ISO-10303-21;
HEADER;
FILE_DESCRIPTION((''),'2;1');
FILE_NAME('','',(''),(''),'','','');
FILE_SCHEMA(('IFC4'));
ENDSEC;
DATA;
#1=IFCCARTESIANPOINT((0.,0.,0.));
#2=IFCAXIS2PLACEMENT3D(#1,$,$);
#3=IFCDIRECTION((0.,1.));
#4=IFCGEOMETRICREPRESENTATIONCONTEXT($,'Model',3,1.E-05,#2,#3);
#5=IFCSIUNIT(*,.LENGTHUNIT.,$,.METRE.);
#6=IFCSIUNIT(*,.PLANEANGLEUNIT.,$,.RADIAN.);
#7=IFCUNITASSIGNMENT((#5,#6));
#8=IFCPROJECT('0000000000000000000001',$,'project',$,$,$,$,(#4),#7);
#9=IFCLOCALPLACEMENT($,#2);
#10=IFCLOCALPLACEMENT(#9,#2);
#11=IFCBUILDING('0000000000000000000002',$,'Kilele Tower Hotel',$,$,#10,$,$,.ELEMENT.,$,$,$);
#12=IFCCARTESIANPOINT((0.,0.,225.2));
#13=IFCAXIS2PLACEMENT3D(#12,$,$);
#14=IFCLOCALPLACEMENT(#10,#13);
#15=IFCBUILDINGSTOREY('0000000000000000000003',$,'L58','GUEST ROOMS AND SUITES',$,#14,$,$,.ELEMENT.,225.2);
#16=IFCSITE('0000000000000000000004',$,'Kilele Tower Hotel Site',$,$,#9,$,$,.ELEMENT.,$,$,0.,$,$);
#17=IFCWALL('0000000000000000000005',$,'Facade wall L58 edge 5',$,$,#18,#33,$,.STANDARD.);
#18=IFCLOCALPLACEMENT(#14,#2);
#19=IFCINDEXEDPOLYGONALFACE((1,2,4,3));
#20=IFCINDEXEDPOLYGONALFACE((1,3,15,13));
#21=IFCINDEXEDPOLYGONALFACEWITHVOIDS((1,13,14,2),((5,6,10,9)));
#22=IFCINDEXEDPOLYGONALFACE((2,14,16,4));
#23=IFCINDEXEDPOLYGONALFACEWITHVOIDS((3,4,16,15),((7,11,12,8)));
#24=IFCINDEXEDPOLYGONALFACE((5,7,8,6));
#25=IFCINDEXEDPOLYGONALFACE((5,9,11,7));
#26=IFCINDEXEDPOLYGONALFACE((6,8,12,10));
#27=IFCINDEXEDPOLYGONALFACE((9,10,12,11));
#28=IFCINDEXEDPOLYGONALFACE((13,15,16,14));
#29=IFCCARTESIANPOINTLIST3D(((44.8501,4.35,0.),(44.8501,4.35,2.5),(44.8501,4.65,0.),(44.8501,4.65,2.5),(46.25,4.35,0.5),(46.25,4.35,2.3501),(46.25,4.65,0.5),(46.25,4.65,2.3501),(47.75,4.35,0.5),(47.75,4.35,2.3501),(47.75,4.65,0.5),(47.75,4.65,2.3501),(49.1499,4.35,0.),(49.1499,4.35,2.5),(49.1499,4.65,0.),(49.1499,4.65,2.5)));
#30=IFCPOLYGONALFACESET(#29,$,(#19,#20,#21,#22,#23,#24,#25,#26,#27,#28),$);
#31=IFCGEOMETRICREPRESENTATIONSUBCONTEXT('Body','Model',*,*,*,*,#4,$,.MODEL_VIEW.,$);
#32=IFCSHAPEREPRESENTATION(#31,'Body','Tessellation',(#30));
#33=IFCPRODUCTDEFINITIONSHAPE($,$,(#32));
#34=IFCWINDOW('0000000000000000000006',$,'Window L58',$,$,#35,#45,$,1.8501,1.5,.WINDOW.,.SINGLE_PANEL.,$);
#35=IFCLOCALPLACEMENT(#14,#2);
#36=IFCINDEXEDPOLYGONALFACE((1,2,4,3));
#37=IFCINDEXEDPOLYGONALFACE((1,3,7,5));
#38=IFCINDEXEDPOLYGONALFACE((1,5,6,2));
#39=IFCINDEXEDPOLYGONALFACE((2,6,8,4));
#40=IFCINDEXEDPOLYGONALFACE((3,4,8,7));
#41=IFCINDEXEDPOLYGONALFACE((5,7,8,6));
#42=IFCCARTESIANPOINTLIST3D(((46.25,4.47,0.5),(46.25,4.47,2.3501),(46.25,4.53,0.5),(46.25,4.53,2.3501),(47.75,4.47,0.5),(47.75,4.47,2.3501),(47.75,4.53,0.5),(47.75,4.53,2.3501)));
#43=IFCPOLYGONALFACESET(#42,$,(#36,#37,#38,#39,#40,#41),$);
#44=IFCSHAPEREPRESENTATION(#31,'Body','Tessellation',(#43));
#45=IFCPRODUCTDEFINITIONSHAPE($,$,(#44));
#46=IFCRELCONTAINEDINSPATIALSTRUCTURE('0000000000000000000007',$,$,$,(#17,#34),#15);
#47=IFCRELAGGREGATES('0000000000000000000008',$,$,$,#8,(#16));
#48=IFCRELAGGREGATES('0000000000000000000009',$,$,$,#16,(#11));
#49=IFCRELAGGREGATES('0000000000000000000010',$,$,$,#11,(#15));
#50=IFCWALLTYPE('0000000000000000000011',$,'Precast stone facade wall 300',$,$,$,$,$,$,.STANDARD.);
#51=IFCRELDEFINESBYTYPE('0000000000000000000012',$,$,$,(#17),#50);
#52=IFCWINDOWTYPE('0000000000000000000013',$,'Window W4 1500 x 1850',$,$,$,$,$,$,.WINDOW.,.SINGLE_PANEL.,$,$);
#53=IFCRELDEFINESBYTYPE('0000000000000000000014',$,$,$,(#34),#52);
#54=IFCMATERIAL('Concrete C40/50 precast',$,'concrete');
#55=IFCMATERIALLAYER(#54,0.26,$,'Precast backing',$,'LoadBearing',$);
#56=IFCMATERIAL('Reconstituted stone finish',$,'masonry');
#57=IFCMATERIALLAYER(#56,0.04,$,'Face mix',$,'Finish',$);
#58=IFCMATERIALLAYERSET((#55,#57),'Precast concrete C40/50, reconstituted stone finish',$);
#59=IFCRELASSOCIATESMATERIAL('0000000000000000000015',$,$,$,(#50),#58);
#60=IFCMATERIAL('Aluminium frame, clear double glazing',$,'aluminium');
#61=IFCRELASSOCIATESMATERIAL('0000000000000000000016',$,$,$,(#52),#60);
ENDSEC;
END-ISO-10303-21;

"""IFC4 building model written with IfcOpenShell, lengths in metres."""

from ifc_helpers import new_model, si_unit, direction, frame, frame_2d, origin, place, context, subcontext, project, spatial, rectangle, extrude, material, layer, layer_set, type_object, element, fill, save


model = new_model("IFC4")

# Units and contexts
model_context = context("Model", 3, precision=1e-05, world=origin(), true_north=direction((0.0, 1.0)))
body_context = subcontext(model_context, "Body", "Model", "MODEL_VIEW")
ifc_project = project(units=[si_unit("LENGTHUNIT", "METRE"), si_unit("PLANEANGLEUNIT", "RADIAN")], contexts=[model_context])

# Site, building, storey
site_placement = place(None, origin())
site = spatial("IfcSite", under=ifc_project, at=site_placement, Name="Kilele Tower Hotel Site", CompositionType="ELEMENT", RefElevation=0.0)
building_placement = place(site_placement, origin())
building = spatial("IfcBuilding", under=site, at=building_placement, Name="Kilele Tower Hotel", CompositionType="ELEMENT")
storey_placement = place(building_placement, frame((0.0, 0.0, 225.2)))
storey = spatial("IfcBuildingStorey", under=building, at=storey_placement, Name="L58", Description="GUEST ROOMS AND SUITES", CompositionType="ELEMENT", Elevation=225.2)

# Wall, opening, window
ifc_material_1 = material(Name="Concrete C40/50 precast", Category="concrete")
ifc_layer_1 = layer(ifc_material_1, 0.26, Name="Precast backing", Category="LoadBearing")
ifc_material_2 = material(Name="Reconstituted stone finish", Category="masonry")
ifc_layer_2 = layer(ifc_material_2, 0.04, Name="Face mix", Category="Finish")
ifc_layer_set_1 = layer_set([ifc_layer_1, ifc_layer_2], Name="Precast concrete C40/50, reconstituted stone finish")
wall_type_1 = type_object("IfcWallType", Name="Precast stone facade wall 300", PredefinedType="STANDARD", material=ifc_layer_set_1)
wall_1_placement = place(storey_placement, frame((44.8501, 4.5, 0.0), z_axis=(0.0, 0.0, 1.0), x_axis=(1.0, 0.0, 0.0)))
wall_1 = element("IfcWall", 1, at=wall_1_placement, inside=storey, type_object=wall_type_1, Name="Facade wall L58 edge 5", PredefinedType="STANDARD", context=body_context, shape_type="SweptSolid", body=[
    extrude(rectangle(XDim=4.2998, YDim=0.3, at=frame_2d((2.1499, 0.0))), origin(), (0.0, 0.0, 1.0), 2.5),
])
opening_1_placement = place(wall_1_placement, frame((1.3999, 0.0, 0.5)))
opening_1 = element("IfcOpeningElement", 2, at=opening_1_placement, cuts=wall_1, PredefinedType="OPENING", context=body_context, shape_type="SweptSolid", body=[
    extrude(rectangle(XDim=1.5, YDim=1.8501, at=frame_2d((0.75, 0.925))), frame((0.0, 0.1599, 0.0), z_axis=(0.0, -1.0, 0.0), x_axis=(1.0, 0.0, 0.0)), (0.0, 0.0, 1.0), 0.3201),
])
ifc_material_3 = material(Name="Aluminium frame, clear double glazing", Category="aluminium")
window_type_1 = type_object("IfcWindowType", Name="Window W4 1500 x 1850", PartitioningType="SINGLE_PANEL", PredefinedType="WINDOW", material=ifc_material_3)
window_1_placement = place(opening_1_placement, origin())
window_1 = element("IfcWindow", 3, at=window_1_placement, inside=storey, type_object=window_type_1, Name="Window L58", OverallHeight=1.8501, OverallWidth=1.5, PartitioningType="SINGLE_PANEL", PredefinedType="WINDOW", context=body_context, shape_type="SweptSolid", body=[
    extrude(rectangle(XDim=1.5, YDim=1.8501, at=frame_2d((0.75, 0.925))), frame((0.0, 0.03, 0.0), z_axis=(0.0, -1.0, 0.0), x_axis=(1.0, 0.0, 0.0)), (0.0, 0.0, 1.0), 0.0601),
])
fill(opening_1, window_1)

save(model, "model.ifc")
